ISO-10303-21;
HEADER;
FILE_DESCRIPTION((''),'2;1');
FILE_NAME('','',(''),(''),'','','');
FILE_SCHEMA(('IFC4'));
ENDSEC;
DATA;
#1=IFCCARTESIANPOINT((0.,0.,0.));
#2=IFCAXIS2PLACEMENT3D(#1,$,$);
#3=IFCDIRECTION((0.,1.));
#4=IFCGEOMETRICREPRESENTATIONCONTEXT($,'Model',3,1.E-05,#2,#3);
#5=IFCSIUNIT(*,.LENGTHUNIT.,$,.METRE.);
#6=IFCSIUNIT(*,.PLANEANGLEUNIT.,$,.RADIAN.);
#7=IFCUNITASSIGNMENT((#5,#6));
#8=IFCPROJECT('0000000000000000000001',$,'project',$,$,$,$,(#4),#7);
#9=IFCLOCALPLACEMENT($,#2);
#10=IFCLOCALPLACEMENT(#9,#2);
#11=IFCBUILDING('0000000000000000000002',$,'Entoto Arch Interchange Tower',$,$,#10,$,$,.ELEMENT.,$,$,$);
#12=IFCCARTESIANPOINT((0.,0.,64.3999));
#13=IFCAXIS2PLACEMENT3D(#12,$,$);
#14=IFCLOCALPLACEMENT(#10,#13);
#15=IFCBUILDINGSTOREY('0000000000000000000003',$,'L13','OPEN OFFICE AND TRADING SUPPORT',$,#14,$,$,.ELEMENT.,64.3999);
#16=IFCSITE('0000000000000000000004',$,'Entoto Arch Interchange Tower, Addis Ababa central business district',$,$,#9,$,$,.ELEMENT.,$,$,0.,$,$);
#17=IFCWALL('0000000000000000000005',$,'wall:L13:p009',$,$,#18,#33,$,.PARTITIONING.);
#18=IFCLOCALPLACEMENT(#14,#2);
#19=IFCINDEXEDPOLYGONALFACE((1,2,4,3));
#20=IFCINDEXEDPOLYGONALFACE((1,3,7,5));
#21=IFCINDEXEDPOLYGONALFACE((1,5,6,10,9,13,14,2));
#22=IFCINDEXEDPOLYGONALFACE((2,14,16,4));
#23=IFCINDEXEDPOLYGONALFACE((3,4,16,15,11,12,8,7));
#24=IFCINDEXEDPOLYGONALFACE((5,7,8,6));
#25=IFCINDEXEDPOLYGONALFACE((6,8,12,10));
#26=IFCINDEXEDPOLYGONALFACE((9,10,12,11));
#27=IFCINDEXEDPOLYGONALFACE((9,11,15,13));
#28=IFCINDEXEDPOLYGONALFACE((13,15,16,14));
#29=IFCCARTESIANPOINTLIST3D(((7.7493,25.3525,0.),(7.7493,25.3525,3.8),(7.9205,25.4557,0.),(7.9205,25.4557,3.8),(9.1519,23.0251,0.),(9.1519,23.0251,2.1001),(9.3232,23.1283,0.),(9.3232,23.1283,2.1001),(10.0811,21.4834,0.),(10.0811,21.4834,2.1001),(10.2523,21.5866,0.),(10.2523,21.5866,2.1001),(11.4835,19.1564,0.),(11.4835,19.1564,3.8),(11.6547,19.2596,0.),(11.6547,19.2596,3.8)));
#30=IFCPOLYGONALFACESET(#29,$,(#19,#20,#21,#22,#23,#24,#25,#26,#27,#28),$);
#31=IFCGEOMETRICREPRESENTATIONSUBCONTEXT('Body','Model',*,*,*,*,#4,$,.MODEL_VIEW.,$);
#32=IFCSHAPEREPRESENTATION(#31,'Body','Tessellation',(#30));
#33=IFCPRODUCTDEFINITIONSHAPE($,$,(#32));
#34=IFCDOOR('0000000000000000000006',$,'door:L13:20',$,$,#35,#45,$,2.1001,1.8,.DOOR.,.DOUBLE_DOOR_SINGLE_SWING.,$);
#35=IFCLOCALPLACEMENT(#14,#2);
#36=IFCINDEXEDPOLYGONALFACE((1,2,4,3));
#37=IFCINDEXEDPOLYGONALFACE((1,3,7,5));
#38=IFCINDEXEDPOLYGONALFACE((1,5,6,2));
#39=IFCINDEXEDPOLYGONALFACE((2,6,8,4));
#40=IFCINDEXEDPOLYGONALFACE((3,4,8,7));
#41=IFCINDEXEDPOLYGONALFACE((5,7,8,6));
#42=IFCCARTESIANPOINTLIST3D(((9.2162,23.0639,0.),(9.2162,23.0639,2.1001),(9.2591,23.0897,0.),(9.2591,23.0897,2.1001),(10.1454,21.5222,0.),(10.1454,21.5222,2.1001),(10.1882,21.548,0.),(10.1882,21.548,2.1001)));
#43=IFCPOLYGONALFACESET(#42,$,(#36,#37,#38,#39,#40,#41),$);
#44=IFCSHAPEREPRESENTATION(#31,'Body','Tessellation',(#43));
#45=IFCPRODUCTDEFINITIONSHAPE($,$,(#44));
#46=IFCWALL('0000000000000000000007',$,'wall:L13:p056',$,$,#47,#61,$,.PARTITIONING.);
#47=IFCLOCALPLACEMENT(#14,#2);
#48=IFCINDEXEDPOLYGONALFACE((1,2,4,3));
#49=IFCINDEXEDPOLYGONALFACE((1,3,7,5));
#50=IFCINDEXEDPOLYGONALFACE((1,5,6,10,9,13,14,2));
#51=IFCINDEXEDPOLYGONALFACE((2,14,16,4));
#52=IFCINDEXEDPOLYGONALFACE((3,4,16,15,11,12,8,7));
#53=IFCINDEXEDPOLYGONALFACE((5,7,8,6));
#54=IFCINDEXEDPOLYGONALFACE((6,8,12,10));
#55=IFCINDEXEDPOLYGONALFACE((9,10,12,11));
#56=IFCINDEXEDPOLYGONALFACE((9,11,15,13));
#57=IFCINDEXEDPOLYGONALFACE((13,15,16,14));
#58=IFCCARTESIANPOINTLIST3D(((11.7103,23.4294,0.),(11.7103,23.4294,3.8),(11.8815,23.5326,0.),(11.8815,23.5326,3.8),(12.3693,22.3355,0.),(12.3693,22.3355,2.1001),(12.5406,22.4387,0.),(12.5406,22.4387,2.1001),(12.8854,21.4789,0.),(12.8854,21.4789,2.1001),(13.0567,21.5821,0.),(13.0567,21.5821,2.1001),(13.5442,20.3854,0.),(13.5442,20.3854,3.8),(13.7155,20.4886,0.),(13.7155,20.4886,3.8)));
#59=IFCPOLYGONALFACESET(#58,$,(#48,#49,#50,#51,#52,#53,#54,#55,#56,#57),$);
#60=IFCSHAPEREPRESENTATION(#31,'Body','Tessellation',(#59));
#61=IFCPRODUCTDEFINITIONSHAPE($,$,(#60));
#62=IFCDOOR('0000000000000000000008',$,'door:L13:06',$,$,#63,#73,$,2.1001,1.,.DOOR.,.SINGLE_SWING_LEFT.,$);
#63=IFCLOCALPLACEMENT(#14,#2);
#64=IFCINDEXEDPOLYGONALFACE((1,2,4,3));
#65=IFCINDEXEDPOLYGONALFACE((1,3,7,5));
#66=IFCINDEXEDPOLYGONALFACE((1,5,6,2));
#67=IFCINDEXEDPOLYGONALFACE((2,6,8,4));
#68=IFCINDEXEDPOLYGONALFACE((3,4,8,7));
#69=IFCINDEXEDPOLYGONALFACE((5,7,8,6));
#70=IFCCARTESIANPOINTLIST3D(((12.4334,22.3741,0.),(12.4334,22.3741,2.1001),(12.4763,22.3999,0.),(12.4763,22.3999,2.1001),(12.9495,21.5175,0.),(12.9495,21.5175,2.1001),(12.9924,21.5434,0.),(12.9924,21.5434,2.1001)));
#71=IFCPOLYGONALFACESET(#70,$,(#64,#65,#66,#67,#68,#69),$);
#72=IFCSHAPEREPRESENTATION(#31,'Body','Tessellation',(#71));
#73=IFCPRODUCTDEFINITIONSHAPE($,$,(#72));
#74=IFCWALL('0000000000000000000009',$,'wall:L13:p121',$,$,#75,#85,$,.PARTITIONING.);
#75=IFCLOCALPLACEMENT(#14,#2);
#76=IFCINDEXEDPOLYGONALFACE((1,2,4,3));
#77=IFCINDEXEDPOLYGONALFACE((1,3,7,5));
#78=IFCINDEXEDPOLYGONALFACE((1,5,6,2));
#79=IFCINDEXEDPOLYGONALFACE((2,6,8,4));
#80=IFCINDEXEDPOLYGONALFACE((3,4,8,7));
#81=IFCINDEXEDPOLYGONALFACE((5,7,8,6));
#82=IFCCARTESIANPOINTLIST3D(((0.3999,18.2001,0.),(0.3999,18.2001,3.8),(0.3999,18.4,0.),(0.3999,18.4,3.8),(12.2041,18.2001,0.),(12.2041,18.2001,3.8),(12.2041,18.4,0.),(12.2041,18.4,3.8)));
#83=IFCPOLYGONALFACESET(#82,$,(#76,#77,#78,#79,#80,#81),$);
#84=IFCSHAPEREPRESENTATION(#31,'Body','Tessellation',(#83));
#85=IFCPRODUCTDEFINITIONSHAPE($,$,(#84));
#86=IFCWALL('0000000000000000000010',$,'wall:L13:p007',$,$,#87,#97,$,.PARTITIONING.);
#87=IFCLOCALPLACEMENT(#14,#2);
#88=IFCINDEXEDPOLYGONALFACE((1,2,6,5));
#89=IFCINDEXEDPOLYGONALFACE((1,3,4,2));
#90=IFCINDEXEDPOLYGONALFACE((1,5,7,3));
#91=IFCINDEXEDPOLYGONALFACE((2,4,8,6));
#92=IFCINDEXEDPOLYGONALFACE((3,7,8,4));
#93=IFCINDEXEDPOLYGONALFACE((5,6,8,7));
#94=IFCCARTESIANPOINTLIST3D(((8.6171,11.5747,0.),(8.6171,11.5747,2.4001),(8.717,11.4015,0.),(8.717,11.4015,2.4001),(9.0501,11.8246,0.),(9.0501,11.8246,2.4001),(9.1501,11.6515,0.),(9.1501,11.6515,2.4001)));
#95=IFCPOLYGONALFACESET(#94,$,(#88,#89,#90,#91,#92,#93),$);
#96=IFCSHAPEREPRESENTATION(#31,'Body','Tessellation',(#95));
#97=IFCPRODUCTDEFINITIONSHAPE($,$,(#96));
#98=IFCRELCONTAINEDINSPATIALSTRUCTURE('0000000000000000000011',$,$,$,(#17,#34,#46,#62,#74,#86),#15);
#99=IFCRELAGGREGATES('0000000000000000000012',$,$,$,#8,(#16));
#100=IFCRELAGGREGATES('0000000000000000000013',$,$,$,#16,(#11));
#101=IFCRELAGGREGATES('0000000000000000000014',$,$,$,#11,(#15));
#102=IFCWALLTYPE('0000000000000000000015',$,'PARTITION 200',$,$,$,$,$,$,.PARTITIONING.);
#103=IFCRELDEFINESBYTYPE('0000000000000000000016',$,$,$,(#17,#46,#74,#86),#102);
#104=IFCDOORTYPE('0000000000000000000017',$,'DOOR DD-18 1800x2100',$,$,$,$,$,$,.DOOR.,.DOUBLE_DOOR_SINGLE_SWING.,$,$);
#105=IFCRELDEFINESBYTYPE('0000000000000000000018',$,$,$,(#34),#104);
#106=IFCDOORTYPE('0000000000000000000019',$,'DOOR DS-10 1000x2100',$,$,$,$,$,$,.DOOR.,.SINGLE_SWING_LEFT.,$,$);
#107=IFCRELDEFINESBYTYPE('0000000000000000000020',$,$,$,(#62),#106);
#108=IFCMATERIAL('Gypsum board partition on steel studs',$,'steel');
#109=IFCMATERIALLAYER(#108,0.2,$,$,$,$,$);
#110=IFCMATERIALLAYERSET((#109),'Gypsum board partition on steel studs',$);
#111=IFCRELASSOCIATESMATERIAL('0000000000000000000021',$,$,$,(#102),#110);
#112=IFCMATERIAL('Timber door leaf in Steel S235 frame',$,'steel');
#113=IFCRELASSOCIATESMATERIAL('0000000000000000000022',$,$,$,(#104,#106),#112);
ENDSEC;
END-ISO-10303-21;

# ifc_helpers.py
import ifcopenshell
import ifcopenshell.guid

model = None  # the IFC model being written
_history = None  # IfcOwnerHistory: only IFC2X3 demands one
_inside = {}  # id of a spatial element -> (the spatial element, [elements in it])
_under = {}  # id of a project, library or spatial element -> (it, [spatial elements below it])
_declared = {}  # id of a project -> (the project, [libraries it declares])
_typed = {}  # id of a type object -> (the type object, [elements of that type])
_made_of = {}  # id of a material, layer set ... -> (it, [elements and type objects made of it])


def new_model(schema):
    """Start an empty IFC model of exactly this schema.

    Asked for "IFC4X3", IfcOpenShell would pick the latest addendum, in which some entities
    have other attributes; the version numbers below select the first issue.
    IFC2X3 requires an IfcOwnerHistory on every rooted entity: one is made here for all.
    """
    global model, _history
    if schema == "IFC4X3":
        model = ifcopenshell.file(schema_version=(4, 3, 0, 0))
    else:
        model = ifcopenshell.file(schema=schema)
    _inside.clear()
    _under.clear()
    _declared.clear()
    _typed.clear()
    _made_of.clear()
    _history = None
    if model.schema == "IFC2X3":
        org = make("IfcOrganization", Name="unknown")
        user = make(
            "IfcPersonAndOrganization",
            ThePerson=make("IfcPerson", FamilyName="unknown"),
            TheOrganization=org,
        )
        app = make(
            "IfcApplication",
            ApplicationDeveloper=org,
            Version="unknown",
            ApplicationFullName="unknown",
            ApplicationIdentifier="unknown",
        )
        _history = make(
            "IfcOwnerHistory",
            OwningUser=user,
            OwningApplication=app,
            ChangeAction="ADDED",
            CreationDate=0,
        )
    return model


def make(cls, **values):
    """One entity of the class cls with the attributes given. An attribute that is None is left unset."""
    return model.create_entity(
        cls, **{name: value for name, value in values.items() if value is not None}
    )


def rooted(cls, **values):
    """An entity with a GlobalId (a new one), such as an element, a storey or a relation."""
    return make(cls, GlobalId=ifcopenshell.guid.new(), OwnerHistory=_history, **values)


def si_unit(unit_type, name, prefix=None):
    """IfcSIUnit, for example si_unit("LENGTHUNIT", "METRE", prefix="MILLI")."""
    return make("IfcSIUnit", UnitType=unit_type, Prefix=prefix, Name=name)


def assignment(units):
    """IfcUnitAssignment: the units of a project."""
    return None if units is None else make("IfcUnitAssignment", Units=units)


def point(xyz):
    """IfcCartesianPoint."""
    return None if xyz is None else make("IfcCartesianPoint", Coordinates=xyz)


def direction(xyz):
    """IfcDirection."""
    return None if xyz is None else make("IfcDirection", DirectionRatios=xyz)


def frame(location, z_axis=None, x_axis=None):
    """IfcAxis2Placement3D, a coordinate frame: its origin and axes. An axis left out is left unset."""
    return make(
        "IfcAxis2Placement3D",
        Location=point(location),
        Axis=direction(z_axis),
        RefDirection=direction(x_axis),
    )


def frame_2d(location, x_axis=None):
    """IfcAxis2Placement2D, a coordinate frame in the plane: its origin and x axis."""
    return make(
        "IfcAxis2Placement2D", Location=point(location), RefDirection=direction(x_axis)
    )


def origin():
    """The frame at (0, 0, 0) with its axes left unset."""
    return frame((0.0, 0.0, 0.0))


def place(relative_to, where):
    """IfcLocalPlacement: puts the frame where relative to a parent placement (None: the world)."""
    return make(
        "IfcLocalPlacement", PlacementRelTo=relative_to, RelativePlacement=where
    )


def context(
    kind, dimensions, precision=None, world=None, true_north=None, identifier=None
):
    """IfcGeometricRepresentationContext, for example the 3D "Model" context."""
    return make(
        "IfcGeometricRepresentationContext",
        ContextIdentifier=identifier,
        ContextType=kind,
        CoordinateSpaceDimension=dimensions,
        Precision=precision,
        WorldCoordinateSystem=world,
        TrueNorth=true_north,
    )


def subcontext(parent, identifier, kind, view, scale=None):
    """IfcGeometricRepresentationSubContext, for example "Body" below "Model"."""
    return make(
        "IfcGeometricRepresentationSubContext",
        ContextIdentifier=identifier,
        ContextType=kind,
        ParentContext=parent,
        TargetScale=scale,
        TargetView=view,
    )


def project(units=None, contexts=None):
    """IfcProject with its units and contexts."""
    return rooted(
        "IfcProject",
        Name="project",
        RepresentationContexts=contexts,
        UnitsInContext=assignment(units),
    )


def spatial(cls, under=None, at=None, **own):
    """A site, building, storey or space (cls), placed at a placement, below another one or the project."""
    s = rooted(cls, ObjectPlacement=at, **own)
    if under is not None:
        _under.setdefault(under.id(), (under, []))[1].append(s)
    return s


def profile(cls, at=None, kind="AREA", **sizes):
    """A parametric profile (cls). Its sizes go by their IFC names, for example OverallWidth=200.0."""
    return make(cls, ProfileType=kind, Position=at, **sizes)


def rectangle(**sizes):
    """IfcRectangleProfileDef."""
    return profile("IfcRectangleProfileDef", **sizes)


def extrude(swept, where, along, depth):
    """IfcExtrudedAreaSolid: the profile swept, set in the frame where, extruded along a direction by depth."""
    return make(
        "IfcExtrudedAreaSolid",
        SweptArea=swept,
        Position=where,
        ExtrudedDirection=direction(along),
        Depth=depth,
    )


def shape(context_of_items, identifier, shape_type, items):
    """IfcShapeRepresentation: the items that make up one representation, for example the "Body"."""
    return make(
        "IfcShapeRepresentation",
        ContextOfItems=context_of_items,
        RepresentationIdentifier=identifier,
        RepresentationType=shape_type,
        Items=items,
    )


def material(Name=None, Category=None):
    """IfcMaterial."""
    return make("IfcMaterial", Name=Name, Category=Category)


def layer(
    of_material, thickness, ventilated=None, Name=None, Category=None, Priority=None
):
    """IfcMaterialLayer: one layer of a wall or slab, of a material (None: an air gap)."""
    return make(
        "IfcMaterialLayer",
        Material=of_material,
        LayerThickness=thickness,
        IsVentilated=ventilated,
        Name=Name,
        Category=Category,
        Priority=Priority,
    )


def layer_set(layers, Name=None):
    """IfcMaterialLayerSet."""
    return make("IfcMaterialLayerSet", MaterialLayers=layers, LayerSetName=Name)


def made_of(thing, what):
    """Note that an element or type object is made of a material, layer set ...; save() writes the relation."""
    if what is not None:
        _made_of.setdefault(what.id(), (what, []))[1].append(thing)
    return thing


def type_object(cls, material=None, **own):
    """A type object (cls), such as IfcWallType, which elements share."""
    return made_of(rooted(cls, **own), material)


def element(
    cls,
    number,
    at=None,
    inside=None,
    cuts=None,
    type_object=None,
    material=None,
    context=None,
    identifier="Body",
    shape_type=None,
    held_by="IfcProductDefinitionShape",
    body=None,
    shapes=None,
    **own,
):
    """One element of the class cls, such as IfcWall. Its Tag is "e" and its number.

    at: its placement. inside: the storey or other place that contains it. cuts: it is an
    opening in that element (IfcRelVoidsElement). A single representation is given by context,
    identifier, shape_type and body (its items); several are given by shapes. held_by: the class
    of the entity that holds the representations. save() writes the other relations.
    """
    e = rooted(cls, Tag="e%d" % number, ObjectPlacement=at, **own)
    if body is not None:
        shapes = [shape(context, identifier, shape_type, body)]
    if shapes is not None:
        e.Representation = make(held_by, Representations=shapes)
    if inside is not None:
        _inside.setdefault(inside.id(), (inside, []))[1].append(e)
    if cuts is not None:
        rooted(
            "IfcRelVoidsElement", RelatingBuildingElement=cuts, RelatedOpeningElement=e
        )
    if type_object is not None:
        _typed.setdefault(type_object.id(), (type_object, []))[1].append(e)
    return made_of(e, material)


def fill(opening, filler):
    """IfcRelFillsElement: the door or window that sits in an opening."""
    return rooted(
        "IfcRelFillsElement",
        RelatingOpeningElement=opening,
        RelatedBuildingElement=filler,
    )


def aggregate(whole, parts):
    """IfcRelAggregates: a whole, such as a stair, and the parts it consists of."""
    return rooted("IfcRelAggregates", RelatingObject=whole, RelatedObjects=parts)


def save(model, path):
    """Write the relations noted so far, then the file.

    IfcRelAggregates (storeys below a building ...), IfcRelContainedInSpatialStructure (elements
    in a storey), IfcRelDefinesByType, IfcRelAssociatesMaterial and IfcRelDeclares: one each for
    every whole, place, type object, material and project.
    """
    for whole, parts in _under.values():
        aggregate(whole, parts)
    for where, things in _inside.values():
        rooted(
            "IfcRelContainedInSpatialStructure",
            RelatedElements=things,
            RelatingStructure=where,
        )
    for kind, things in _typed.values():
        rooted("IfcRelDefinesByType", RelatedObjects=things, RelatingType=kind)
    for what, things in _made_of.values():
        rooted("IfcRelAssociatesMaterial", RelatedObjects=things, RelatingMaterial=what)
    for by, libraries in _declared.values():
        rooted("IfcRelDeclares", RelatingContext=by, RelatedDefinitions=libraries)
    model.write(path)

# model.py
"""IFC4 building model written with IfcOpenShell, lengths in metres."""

from ifc_helpers import new_model, si_unit, direction, frame, frame_2d, origin, place, context, subcontext, project, spatial, rectangle, extrude, material, layer, layer_set, type_object, element, fill, save


model = new_model("IFC4")

# Units and contexts
model_context = context("Model", 3, precision=1e-05, world=origin(), true_north=direction((0.0, 1.0)))
body_context = subcontext(model_context, "Body", "Model", "MODEL_VIEW")
ifc_project = project(units=[si_unit("LENGTHUNIT", "METRE"), si_unit("PLANEANGLEUNIT", "RADIAN")], contexts=[model_context])

# Site, building, storey
site_placement = place(None, origin())
site = spatial("IfcSite", under=ifc_project, at=site_placement, Name="Entoto Arch Interchange Tower, Addis Ababa central business district", CompositionType="ELEMENT", RefElevation=0.0)
building_placement = place(site_placement, origin())
building = spatial("IfcBuilding", under=site, at=building_placement, Name="Entoto Arch Interchange Tower", CompositionType="ELEMENT")
storey_placement = place(building_placement, frame((0.0, 0.0, 64.3999)))
storey = spatial("IfcBuildingStorey", under=building, at=storey_placement, Name="L13", Description="OPEN OFFICE AND TRADING SUPPORT", CompositionType="ELEMENT", Elevation=64.3999)

# Walls, openings, doors
ifc_material_1 = material(Name="Gypsum board partition on steel studs", Category="steel")
ifc_layer_1 = layer(ifc_material_1, 0.2)
ifc_layer_set_1 = layer_set([ifc_layer_1], Name="Gypsum board partition on steel studs")
wall_type_1 = type_object("IfcWallType", Name="PARTITION 200", PredefinedType="PARTITIONING", material=ifc_layer_set_1)
wall_1_placement = place(storey_placement, frame((11.5691, 19.208, 0.0), z_axis=(0.0, 0.0, 1.0), x_axis=(-0.516172, 0.856485, 0.0)))
wall_1 = element("IfcWall", 1, at=wall_1_placement, inside=storey, type_object=wall_type_1, Name="wall:L13:p009", PredefinedType="PARTITIONING", context=body_context, shape_type="SweptSolid", body=[
    extrude(rectangle(XDim=7.2344, YDim=0.2, at=frame_2d((3.6172, 0.0))), origin(), (0.0, 0.0, 1.0), 3.8),
])
opening_1_placement = place(wall_1_placement, frame((2.717, 0.0, 0.0)))
opening_1 = element("IfcOpeningElement", 2, at=opening_1_placement, cuts=wall_1, PredefinedType="OPENING", context=body_context, shape_type="SweptSolid", body=[
    extrude(rectangle(XDim=1.8, YDim=2.1001, at=frame_2d((0.8999, 1.05))), frame((0.0, 0.1099, 0.0), z_axis=(0.0, -1.0, 0.0), x_axis=(1.0, 0.0, 0.0)), (0.0, 0.0, 1.0), 0.22),
])
ifc_material_2 = material(Name="Timber door leaf in Steel S235 frame", Category="steel")
door_type_1 = type_object("IfcDoorType", Name="DOOR DD-18 1800x2100", OperationType="DOUBLE_DOOR_SINGLE_SWING", PredefinedType="DOOR", material=ifc_material_2)
door_1_placement = place(opening_1_placement, origin())
door_1 = element("IfcDoor", 3, at=door_1_placement, inside=storey, type_object=door_type_1, Name="door:L13:20", OperationType="DOUBLE_DOOR_SINGLE_SWING", OverallHeight=2.1001, OverallWidth=1.8, PredefinedType="DOOR", context=body_context, shape_type="SweptSolid", body=[
    extrude(rectangle(XDim=1.8, YDim=2.1001, at=frame_2d((0.8999, 1.05))), frame((0.0, 0.0249, 0.0), z_axis=(0.0, -1.0, 0.0), x_axis=(1.0, 0.0, 0.0)), (0.0, 0.0, 1.0), 0.05),
])
fill(opening_1, door_1)
wall_2_placement = place(storey_placement, frame((11.7959, 23.481, 0.0), z_axis=(0.0, 0.0, 1.0), x_axis=(0.516071, -0.856546, 0.0)))
wall_2 = element("IfcWall", 4, at=wall_2_placement, inside=storey, type_object=wall_type_1, Name="wall:L13:p056", PredefinedType="PARTITIONING", context=body_context, shape_type="SweptSolid", body=[
    extrude(rectangle(XDim=3.5537, YDim=0.2, at=frame_2d((1.7769, 0.0))), origin(), (0.0, 0.0, 1.0), 3.8),
])
opening_2_placement = place(wall_2_placement, frame((1.2771, 0.0, 0.0)))
opening_2 = element("IfcOpeningElement", 5, at=opening_2_placement, cuts=wall_2, PredefinedType="OPENING", context=body_context, shape_type="SweptSolid", body=[
    extrude(rectangle(XDim=1.0, YDim=2.1001, at=frame_2d((0.5, 1.05))), frame((0.0, 0.1099, 0.0), z_axis=(0.0, -1.0, 0.0), x_axis=(1.0, 0.0, 0.0)), (0.0, 0.0, 1.0), 0.22),
])
door_type_2 = type_object("IfcDoorType", Name="DOOR DS-10 1000x2100", OperationType="SINGLE_SWING_LEFT", PredefinedType="DOOR", material=ifc_material_2)
door_2_placement = place(opening_2_placement, origin())
door_2 = element("IfcDoor", 6, at=door_2_placement, inside=storey, type_object=door_type_2, Name="door:L13:06", OperationType="SINGLE_SWING_LEFT", OverallHeight=2.1001, OverallWidth=1.0, PredefinedType="DOOR", context=body_context, shape_type="SweptSolid", body=[
    extrude(rectangle(XDim=1.0, YDim=2.1001, at=frame_2d((0.5, 1.05))), frame((0.0, 0.0249, 0.0), z_axis=(0.0, -1.0, 0.0), x_axis=(1.0, 0.0, 0.0)), (0.0, 0.0, 1.0), 0.05),
])
fill(opening_2, door_2)

# Walls
wall_3_placement = place(storey_placement, frame((0.3999, 18.3, 0.0), z_axis=(0.0, 0.0, 1.0), x_axis=(1.0, 0.0, 0.0)))
element("IfcWall", 7, at=wall_3_placement, inside=storey, type_object=wall_type_1, Name="wall:L13:p121", PredefinedType="PARTITIONING", context=body_context, shape_type="SweptSolid", body=[
    extrude(rectangle(XDim=11.8042, YDim=0.2, at=frame_2d((5.9021, 0.0))), origin(), (0.0, 0.0, 1.0), 3.8),
])
wall_4_placement = place(storey_placement, frame((9.1001, 11.738, 0.0), z_axis=(0.0, 0.0, 1.0), x_axis=(-0.866072, -0.49992, 0.0)))
element("IfcWall", 8, at=wall_4_placement, inside=storey, type_object=wall_type_1, Name="wall:L13:p007", PredefinedType="PARTITIONING", context=body_context, shape_type="SweptSolid", body=[
    extrude(rectangle(XDim=0.5, YDim=0.2, at=frame_2d((0.25, 0.0))), origin(), (0.0, 0.0, 1.0), 2.4001),
])

save(model, "model.ifc")
